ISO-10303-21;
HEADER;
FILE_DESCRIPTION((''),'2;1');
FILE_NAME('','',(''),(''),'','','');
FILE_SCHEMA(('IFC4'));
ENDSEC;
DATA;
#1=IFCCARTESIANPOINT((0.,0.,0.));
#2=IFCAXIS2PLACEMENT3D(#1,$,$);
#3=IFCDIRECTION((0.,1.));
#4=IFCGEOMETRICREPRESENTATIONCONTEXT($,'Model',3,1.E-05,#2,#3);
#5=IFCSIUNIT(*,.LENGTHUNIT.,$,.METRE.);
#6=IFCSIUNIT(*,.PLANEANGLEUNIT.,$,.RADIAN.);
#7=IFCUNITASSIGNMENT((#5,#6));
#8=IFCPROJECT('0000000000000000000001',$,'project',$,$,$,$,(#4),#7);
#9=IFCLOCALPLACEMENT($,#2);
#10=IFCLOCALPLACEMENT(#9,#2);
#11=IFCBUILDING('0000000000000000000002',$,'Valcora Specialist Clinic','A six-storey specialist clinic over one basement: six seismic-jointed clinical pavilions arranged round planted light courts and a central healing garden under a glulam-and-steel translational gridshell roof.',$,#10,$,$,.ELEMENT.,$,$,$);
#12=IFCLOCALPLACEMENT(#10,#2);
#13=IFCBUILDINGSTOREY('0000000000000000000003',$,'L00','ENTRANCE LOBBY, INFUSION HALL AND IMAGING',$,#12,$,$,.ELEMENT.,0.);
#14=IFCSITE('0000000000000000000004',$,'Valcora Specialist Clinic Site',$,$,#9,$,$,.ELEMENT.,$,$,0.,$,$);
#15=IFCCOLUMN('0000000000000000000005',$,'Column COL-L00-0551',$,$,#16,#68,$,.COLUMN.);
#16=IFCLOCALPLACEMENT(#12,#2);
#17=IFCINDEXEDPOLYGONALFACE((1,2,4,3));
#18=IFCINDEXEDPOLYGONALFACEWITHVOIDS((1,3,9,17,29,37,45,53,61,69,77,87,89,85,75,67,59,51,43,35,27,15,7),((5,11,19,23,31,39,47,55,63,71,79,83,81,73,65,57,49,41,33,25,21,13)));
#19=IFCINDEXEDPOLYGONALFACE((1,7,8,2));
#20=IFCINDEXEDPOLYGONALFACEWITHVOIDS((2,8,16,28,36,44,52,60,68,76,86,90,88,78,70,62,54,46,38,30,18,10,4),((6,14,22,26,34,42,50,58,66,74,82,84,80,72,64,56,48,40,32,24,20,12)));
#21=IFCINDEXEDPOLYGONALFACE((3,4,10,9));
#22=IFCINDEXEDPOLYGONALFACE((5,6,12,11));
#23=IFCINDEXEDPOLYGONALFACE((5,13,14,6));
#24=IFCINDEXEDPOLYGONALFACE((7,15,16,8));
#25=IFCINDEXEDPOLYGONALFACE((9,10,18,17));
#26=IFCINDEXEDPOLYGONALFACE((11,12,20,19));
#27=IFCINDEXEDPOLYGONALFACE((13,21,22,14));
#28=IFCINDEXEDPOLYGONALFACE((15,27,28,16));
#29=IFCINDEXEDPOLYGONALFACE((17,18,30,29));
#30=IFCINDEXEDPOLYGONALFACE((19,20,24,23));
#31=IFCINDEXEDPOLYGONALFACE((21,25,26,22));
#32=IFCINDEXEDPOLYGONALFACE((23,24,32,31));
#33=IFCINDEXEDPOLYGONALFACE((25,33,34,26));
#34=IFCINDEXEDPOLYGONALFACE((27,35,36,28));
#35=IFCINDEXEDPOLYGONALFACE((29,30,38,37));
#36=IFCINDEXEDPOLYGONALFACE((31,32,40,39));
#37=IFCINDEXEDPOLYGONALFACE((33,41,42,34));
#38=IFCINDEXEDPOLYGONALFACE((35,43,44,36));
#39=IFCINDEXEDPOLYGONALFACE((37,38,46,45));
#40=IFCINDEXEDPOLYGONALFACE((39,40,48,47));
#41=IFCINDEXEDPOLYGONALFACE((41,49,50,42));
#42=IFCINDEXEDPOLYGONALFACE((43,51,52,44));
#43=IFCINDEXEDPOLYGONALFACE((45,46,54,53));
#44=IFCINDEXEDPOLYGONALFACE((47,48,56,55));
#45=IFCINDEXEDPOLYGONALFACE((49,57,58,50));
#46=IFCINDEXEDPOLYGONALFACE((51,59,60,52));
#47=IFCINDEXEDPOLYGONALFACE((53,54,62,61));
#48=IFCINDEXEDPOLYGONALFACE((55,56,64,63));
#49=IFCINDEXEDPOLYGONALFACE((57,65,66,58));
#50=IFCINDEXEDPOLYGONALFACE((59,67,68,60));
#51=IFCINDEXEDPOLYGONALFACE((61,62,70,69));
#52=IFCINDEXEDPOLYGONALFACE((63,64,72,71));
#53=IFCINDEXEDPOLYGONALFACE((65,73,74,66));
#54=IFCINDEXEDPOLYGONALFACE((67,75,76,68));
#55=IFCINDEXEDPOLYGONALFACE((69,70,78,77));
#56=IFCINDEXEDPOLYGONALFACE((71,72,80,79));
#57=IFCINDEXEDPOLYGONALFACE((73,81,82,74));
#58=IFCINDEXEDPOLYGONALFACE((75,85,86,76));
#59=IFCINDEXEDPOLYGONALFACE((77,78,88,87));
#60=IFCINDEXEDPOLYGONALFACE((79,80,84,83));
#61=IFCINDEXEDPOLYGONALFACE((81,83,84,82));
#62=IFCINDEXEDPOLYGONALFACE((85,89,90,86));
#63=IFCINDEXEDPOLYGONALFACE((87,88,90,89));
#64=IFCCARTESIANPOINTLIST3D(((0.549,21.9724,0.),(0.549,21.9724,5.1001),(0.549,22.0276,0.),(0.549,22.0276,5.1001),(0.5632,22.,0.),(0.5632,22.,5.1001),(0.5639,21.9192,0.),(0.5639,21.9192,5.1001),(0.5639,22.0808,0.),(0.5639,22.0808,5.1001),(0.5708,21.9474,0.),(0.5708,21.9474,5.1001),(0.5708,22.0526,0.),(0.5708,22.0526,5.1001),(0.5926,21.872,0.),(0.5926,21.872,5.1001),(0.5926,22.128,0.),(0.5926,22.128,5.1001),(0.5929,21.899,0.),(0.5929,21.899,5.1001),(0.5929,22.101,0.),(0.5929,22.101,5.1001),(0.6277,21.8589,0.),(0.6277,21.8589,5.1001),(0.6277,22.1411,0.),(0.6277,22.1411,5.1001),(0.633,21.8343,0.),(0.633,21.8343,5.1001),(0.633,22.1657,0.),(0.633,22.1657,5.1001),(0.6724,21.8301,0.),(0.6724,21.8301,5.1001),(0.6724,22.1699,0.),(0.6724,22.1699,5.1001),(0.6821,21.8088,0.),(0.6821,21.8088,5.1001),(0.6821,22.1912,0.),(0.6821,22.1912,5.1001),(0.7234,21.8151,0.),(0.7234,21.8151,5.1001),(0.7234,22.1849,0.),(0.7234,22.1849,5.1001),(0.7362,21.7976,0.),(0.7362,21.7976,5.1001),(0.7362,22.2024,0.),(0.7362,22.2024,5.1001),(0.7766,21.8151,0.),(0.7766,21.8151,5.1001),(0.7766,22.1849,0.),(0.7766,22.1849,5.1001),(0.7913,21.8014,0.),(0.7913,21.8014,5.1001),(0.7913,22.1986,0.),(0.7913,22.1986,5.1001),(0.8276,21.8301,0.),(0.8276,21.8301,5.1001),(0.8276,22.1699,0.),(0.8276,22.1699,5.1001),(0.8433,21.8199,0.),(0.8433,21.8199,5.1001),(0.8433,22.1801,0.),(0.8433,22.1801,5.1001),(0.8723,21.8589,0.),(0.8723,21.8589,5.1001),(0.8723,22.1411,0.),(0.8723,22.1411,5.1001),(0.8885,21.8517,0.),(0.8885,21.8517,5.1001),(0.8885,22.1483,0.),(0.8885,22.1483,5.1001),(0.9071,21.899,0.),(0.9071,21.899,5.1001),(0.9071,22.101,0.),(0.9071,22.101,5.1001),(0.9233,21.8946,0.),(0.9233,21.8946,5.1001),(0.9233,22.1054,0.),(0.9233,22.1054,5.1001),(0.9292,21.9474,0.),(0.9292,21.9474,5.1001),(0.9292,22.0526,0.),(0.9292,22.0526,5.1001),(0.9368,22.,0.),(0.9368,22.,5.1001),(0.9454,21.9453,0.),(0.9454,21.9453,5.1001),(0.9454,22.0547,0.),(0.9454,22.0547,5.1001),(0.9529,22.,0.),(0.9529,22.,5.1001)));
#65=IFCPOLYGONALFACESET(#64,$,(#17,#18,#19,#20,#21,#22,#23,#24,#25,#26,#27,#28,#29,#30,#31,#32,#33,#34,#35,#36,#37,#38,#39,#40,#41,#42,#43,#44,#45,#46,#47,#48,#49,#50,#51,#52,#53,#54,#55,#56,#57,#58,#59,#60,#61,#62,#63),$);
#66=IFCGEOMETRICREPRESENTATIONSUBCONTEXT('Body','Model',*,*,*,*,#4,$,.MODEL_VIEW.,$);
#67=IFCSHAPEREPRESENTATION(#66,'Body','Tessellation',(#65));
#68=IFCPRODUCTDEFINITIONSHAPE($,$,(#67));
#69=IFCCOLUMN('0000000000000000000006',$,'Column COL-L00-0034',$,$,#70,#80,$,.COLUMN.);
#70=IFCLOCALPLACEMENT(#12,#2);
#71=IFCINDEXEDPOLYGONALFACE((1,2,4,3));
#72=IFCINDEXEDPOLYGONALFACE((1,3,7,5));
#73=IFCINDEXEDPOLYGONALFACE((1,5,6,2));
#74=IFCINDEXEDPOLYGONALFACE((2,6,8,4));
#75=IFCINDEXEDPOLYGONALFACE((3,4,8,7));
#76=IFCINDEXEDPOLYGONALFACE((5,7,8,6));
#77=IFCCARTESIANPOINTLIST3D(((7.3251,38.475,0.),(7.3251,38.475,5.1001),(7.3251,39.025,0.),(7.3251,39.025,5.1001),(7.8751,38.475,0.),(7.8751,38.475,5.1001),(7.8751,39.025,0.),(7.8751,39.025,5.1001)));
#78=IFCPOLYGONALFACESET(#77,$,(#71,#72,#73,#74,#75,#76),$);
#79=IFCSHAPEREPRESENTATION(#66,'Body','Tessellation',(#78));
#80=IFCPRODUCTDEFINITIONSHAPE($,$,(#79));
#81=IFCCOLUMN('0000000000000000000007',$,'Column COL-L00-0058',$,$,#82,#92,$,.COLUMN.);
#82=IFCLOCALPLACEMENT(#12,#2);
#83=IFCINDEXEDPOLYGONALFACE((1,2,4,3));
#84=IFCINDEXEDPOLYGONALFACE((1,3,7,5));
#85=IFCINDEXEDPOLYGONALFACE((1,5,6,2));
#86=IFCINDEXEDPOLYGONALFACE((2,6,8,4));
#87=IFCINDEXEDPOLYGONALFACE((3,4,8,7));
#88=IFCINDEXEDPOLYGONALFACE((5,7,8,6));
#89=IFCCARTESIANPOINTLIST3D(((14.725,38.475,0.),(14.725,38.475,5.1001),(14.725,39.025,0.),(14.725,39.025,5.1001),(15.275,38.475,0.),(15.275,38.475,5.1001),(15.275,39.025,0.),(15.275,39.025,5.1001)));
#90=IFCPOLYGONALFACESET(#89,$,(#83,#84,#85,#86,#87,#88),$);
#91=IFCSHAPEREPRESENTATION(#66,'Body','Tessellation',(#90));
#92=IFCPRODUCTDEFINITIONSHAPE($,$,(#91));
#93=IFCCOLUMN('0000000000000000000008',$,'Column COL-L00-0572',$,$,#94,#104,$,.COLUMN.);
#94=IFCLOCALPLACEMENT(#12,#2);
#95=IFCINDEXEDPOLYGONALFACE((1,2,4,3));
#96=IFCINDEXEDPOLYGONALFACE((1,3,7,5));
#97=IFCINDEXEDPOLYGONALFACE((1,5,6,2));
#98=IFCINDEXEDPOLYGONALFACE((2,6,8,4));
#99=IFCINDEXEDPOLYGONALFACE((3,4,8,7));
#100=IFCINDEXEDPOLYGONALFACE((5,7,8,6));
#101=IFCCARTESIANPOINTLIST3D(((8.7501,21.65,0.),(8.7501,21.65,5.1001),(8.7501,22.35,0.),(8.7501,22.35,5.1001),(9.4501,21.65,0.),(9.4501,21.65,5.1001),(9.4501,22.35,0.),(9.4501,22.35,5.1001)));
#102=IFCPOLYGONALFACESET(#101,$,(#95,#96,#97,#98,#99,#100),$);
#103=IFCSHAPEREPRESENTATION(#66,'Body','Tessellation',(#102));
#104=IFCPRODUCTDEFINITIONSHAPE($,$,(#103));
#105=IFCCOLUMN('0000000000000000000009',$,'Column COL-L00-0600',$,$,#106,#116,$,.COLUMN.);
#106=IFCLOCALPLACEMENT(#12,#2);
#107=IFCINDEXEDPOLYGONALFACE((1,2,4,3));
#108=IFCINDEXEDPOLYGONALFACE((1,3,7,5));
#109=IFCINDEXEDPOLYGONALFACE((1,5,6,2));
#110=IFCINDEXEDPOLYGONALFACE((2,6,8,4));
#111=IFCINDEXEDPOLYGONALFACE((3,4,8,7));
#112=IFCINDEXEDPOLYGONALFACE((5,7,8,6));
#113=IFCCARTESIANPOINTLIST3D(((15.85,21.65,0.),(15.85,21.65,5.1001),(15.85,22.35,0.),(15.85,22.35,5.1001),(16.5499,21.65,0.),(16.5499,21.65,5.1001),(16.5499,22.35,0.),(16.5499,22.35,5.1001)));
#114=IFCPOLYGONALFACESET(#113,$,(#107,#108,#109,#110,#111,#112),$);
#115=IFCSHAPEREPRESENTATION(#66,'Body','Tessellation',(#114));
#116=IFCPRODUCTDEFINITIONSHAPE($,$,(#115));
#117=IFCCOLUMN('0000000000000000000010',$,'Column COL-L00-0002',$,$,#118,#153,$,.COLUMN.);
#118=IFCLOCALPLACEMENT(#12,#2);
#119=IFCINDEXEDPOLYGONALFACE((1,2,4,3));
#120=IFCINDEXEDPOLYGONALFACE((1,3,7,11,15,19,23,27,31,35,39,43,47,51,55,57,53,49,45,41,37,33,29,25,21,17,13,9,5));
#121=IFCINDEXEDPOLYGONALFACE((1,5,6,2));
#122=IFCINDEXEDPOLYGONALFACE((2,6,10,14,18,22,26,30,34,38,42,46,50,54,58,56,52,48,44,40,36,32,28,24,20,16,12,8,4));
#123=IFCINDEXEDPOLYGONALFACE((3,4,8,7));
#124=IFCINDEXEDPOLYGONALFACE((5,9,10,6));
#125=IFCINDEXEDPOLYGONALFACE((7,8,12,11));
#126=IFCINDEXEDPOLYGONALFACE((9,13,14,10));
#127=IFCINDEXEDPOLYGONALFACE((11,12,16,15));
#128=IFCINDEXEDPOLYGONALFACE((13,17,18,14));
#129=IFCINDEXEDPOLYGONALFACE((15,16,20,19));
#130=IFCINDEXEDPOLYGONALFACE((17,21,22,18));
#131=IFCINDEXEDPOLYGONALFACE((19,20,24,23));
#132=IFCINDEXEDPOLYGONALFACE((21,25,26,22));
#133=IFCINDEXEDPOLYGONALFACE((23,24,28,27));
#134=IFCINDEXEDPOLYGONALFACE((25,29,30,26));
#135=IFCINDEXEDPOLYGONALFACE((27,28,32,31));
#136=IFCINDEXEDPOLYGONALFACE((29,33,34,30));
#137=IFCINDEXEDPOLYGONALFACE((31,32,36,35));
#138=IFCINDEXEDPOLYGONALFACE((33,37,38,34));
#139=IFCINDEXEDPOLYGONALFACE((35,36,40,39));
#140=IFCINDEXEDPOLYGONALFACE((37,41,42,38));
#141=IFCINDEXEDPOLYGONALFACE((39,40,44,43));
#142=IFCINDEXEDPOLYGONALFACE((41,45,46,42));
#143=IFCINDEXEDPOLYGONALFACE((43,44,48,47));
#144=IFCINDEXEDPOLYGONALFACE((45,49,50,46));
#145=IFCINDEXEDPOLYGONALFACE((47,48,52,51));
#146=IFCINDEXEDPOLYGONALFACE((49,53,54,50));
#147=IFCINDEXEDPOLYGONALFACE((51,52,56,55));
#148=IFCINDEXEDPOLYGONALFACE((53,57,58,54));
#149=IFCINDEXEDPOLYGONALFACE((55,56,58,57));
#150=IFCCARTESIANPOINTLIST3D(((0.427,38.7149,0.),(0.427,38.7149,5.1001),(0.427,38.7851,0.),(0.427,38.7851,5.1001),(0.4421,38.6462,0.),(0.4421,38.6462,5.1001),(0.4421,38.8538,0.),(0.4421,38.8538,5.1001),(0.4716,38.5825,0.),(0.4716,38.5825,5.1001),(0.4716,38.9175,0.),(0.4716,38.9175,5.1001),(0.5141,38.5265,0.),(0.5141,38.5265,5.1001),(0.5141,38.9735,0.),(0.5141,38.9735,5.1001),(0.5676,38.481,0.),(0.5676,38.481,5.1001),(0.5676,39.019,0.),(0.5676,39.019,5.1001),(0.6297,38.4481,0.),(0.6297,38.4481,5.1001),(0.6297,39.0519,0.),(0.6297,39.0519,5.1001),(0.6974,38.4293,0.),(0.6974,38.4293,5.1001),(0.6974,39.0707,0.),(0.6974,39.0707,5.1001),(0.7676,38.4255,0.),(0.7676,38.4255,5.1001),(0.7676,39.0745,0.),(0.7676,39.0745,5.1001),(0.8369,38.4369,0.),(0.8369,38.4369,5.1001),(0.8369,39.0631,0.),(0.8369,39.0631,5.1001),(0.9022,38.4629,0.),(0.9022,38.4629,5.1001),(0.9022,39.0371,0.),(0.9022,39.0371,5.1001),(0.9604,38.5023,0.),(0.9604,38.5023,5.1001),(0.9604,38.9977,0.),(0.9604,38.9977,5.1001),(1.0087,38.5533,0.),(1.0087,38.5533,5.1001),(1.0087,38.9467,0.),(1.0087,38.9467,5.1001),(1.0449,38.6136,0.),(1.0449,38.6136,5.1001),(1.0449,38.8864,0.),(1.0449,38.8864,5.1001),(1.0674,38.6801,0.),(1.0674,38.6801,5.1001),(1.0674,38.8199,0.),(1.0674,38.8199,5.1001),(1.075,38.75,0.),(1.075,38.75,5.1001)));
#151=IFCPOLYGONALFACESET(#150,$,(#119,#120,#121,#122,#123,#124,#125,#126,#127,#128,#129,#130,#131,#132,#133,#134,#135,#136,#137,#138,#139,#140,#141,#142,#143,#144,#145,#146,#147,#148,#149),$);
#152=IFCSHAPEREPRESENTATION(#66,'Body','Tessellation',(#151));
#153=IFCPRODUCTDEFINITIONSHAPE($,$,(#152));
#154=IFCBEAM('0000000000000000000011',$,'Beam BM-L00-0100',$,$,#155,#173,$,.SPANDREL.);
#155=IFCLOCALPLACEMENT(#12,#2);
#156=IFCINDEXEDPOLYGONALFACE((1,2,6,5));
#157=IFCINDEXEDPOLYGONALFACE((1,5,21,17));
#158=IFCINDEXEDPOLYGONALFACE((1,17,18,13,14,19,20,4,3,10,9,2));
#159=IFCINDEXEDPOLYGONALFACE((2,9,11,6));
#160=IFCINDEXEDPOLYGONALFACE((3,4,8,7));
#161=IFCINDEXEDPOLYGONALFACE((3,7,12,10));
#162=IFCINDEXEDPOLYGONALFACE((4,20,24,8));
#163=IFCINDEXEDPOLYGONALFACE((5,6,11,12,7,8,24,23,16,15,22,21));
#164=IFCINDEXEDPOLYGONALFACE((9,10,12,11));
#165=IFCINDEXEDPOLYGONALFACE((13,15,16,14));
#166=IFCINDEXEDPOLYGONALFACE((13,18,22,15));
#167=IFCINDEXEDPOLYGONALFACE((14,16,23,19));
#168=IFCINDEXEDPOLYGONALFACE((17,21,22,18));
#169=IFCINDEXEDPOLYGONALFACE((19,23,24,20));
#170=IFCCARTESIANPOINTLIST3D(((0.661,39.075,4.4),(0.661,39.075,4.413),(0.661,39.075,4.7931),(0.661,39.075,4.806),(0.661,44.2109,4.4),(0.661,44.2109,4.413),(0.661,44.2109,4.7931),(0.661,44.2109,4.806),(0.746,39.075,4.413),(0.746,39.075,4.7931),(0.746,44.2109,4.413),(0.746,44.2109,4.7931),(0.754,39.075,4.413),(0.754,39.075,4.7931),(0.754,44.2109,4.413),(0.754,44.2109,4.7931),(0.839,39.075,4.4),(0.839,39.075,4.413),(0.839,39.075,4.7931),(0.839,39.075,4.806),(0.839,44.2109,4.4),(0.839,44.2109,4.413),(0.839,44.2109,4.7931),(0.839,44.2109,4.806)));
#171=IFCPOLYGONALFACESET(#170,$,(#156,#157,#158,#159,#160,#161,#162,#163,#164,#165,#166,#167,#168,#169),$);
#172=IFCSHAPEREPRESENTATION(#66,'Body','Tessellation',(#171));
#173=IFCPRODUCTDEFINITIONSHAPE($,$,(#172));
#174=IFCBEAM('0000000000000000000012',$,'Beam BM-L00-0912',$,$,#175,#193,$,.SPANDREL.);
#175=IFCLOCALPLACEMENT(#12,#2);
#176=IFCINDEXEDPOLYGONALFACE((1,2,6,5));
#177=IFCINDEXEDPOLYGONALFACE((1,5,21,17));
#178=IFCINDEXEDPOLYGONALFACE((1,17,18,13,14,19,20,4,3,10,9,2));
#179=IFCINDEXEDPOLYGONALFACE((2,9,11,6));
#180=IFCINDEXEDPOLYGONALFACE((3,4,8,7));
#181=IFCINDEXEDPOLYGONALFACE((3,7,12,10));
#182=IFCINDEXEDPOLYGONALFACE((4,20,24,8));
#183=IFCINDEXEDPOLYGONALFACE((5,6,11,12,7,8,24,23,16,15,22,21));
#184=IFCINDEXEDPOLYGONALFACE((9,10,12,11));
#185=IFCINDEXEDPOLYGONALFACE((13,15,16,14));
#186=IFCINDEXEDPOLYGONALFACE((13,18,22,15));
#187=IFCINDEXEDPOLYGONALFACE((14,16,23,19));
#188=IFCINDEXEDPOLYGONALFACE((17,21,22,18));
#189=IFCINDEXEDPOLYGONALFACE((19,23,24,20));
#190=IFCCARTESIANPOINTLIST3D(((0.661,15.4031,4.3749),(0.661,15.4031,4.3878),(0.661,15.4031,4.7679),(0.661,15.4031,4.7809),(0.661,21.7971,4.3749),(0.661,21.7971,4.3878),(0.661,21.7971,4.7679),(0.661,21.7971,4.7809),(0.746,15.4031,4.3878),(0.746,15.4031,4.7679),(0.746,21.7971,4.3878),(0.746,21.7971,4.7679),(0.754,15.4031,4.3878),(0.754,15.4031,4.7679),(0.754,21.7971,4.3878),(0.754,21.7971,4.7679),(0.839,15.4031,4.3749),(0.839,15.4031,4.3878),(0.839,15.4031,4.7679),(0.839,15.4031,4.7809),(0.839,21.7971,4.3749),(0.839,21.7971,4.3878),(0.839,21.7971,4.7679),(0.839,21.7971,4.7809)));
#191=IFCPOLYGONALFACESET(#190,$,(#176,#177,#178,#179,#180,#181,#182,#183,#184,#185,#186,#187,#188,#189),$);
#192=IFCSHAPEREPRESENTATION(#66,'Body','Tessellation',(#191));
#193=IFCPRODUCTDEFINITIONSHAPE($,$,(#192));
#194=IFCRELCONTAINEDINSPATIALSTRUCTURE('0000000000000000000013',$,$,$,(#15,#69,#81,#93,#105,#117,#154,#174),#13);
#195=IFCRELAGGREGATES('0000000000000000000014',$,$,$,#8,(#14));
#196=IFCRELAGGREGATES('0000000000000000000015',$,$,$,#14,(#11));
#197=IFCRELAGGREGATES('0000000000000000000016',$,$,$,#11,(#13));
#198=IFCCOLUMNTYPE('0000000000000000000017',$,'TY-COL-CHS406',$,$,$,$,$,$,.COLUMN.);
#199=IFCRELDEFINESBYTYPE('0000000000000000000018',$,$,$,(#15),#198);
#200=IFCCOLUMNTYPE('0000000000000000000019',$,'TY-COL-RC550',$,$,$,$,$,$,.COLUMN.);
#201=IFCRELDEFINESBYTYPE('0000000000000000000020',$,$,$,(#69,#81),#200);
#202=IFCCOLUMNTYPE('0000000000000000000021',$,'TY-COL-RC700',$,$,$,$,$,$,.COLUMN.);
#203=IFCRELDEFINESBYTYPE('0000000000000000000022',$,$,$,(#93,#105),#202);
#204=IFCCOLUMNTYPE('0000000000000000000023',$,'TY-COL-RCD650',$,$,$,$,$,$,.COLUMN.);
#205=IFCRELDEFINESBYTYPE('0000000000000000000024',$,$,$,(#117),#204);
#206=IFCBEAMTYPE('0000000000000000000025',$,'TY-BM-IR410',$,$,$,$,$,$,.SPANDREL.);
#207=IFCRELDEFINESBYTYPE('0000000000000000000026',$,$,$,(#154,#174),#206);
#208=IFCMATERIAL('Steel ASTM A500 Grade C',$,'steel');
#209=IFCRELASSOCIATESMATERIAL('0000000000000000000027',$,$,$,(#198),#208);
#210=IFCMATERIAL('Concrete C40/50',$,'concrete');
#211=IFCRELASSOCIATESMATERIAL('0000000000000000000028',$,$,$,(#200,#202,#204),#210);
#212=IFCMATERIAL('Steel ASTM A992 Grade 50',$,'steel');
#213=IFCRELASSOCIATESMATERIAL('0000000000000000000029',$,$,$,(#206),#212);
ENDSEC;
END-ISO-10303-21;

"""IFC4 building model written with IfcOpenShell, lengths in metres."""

from ifc_helpers import new_model, si_unit, direction, frame, origin, origin_2d, place, context, subcontext, project, spatial, rectangle, circle, hollow_circle, i_section, extrude, material, material_profile, profile_set, type_object, element, save


model = new_model("IFC4")

# Units and contexts
model_context = context("Model", 3, precision=1e-05, world=origin(), true_north=direction((0.0, 1.0)))
body_context = subcontext(model_context, "Body", "Model", "MODEL_VIEW")
ifc_project = project(units=[si_unit("LENGTHUNIT", "METRE"), si_unit("PLANEANGLEUNIT", "RADIAN")], contexts=[model_context])

# Site, building, storey
site_placement = place(None, origin())
site = spatial("IfcSite", under=ifc_project, at=site_placement, Name="Valcora Specialist Clinic Site", CompositionType="ELEMENT", RefElevation=0.0)
building_placement = place(site_placement, origin())
building = spatial("IfcBuilding", under=site, at=building_placement, Name="Valcora Specialist Clinic", Description="A six-storey specialist clinic over one basement: six seismic-jointed clinical pavilions arranged round planted light courts and a central healing garden under a glulam-and-steel translational gridshell roof.", CompositionType="ELEMENT")
storey_placement = place(building_placement, origin())
storey = spatial("IfcBuildingStorey", under=building, at=storey_placement, Name="L00", Description="ENTRANCE LOBBY, INFUSION HALL AND IMAGING", CompositionType="ELEMENT", Elevation=0.0)

# Columns
ifc_material_1 = material(Name="Steel ASTM A500 Grade C", Category="steel")
ifc_material_profile_1 = material_profile(ifc_material_1, hollow_circle(Radius=0.2029, WallThickness=0.0161, at=origin_2d()), Name="ST-CHS-406X16")
ifc_profile_set_1 = profile_set([ifc_material_profile_1], Name="Steel ASTM A500 Grade C")
column_type_1 = type_object("IfcColumnType", Name="TY-COL-CHS406", PredefinedType="COLUMN", material=ifc_profile_set_1)
column_1_placement = place(storey_placement, frame((0.75, 22.0, 0.0), z_axis=(0.0, 0.0, 1.0), x_axis=(1.0, 0.0, 0.0)))
element("IfcColumn", 1, at=column_1_placement, inside=storey, type_object=column_type_1, Name="Column COL-L00-0551", PredefinedType="COLUMN", context=body_context, shape_type="SweptSolid", body=[
    extrude(hollow_circle(Radius=0.2029, WallThickness=0.0161, at=origin_2d()), origin(), (0.0, 0.0, 1.0), 5.1001),
])
ifc_material_2 = material(Name="Concrete C40/50", Category="concrete")
ifc_material_profile_2 = material_profile(ifc_material_2, rectangle(XDim=0.55, YDim=0.55, at=origin_2d()), Name="RC-COL-550X550")
ifc_profile_set_2 = profile_set([ifc_material_profile_2], Name="Concrete C40/50")
column_type_2 = type_object("IfcColumnType", Name="TY-COL-RC550", PredefinedType="COLUMN", material=ifc_profile_set_2)
for number, where, z_axis, x_axis, name in (
    (2, (7.6001, 38.75, 0.0), (0.0, 0.0, 1.0), (1.0, 0.0, 0.0), "Column COL-L00-0034"),
    (3, (15.0, 38.75, 0.0), (0.0, 0.0, 1.0), (1.0, 0.0, 0.0), "Column COL-L00-0058"),
):
    element("IfcColumn", number, at=place(storey_placement, frame(where, z_axis=z_axis, x_axis=x_axis)), inside=storey, type_object=column_type_2, Name=name, PredefinedType="COLUMN", context=body_context, shape_type="SweptSolid", body=[
        extrude(rectangle(XDim=0.55, YDim=0.55, at=origin_2d()), origin(), (0.0, 0.0, 1.0), 5.1001),
    ])
ifc_material_profile_3 = material_profile(ifc_material_2, rectangle(XDim=0.7, YDim=0.7, at=origin_2d()), Name="RC-COL-700X700")
ifc_profile_set_3 = profile_set([ifc_material_profile_3], Name="Concrete C40/50")
column_type_3 = type_object("IfcColumnType", Name="TY-COL-RC700", PredefinedType="COLUMN", material=ifc_profile_set_3)
for number, where, z_axis, x_axis, name in (
    (4, (9.1001, 22.0, 0.0), (0.0, 0.0, 1.0), (1.0, 0.0, 0.0), "Column COL-L00-0572"),
    (5, (16.2, 22.0, 0.0), (0.0, 0.0, 1.0), (1.0, 0.0, 0.0), "Column COL-L00-0600"),
):
    element("IfcColumn", number, at=place(storey_placement, frame(where, z_axis=z_axis, x_axis=x_axis)), inside=storey, type_object=column_type_3, Name=name, PredefinedType="COLUMN", context=body_context, shape_type="SweptSolid", body=[
        extrude(rectangle(XDim=0.7, YDim=0.7, at=origin_2d()), origin(), (0.0, 0.0, 1.0), 5.1001),
    ])
ifc_material_profile_4 = material_profile(ifc_material_2, circle(Radius=0.325, at=origin_2d()), Name="RC-COL-D650")
ifc_profile_set_4 = profile_set([ifc_material_profile_4], Name="Concrete C40/50")
column_type_4 = type_object("IfcColumnType", Name="TY-COL-RCD650", PredefinedType="COLUMN", material=ifc_profile_set_4)
column_2_placement = place(storey_placement, frame((0.75, 38.75, 0.0), z_axis=(0.0, 0.0, 1.0), x_axis=(1.0, 0.0, 0.0)))
element("IfcColumn", 6, at=column_2_placement, inside=storey, type_object=column_type_4, Name="Column COL-L00-0002", PredefinedType="COLUMN", context=body_context, shape_type="SweptSolid", body=[
    extrude(circle(Radius=0.325, at=origin_2d()), origin(), (0.0, 0.0, 1.0), 5.1001),
])

# Beams
ifc_material_3 = material(Name="Steel ASTM A992 Grade 50", Category="steel")
ifc_material_profile_5 = material_profile(ifc_material_3, i_section(OverallWidth=0.178, OverallDepth=0.406, WebThickness=0.0081, FlangeThickness=0.0129, at=origin_2d()), Name="ST-IR-410X180")
ifc_profile_set_5 = profile_set([ifc_material_profile_5], Name="Steel ASTM A992 Grade 50")
beam_type_1 = type_object("IfcBeamType", Name="TY-BM-IR410", PredefinedType="SPANDREL", material=ifc_profile_set_5)
beam_1_placement = place(storey_placement, frame((0.75, 39.075, 4.603), z_axis=(0.0, 1.0, 0.0), x_axis=(-1.0, 0.0, 0.0)))
element("IfcBeam", 7, at=beam_1_placement, inside=storey, type_object=beam_type_1, Name="Beam BM-L00-0100", PredefinedType="SPANDREL", context=body_context, shape_type="SweptSolid", body=[
    extrude(i_section(OverallWidth=0.178, OverallDepth=0.406, WebThickness=0.0081, FlangeThickness=0.0129, at=origin_2d()), origin(), (0.0, 0.0, 1.0), 5.136),
])
beam_2_placement = place(storey_placement, frame((0.75, 15.4031, 4.5779), z_axis=(0.0, 1.0, 0.0), x_axis=(-1.0, 0.0, 0.0)))
element("IfcBeam", 8, at=beam_2_placement, inside=storey, type_object=beam_type_1, Name="Beam BM-L00-0912", PredefinedType="SPANDREL", context=body_context, shape_type="SweptSolid", body=[
    extrude(i_section(OverallWidth=0.178, OverallDepth=0.406, WebThickness=0.0081, FlangeThickness=0.0129, at=origin_2d()), origin(), (0.0, 0.0, 1.0), 6.394),
])

save(model, "model.ifc")
